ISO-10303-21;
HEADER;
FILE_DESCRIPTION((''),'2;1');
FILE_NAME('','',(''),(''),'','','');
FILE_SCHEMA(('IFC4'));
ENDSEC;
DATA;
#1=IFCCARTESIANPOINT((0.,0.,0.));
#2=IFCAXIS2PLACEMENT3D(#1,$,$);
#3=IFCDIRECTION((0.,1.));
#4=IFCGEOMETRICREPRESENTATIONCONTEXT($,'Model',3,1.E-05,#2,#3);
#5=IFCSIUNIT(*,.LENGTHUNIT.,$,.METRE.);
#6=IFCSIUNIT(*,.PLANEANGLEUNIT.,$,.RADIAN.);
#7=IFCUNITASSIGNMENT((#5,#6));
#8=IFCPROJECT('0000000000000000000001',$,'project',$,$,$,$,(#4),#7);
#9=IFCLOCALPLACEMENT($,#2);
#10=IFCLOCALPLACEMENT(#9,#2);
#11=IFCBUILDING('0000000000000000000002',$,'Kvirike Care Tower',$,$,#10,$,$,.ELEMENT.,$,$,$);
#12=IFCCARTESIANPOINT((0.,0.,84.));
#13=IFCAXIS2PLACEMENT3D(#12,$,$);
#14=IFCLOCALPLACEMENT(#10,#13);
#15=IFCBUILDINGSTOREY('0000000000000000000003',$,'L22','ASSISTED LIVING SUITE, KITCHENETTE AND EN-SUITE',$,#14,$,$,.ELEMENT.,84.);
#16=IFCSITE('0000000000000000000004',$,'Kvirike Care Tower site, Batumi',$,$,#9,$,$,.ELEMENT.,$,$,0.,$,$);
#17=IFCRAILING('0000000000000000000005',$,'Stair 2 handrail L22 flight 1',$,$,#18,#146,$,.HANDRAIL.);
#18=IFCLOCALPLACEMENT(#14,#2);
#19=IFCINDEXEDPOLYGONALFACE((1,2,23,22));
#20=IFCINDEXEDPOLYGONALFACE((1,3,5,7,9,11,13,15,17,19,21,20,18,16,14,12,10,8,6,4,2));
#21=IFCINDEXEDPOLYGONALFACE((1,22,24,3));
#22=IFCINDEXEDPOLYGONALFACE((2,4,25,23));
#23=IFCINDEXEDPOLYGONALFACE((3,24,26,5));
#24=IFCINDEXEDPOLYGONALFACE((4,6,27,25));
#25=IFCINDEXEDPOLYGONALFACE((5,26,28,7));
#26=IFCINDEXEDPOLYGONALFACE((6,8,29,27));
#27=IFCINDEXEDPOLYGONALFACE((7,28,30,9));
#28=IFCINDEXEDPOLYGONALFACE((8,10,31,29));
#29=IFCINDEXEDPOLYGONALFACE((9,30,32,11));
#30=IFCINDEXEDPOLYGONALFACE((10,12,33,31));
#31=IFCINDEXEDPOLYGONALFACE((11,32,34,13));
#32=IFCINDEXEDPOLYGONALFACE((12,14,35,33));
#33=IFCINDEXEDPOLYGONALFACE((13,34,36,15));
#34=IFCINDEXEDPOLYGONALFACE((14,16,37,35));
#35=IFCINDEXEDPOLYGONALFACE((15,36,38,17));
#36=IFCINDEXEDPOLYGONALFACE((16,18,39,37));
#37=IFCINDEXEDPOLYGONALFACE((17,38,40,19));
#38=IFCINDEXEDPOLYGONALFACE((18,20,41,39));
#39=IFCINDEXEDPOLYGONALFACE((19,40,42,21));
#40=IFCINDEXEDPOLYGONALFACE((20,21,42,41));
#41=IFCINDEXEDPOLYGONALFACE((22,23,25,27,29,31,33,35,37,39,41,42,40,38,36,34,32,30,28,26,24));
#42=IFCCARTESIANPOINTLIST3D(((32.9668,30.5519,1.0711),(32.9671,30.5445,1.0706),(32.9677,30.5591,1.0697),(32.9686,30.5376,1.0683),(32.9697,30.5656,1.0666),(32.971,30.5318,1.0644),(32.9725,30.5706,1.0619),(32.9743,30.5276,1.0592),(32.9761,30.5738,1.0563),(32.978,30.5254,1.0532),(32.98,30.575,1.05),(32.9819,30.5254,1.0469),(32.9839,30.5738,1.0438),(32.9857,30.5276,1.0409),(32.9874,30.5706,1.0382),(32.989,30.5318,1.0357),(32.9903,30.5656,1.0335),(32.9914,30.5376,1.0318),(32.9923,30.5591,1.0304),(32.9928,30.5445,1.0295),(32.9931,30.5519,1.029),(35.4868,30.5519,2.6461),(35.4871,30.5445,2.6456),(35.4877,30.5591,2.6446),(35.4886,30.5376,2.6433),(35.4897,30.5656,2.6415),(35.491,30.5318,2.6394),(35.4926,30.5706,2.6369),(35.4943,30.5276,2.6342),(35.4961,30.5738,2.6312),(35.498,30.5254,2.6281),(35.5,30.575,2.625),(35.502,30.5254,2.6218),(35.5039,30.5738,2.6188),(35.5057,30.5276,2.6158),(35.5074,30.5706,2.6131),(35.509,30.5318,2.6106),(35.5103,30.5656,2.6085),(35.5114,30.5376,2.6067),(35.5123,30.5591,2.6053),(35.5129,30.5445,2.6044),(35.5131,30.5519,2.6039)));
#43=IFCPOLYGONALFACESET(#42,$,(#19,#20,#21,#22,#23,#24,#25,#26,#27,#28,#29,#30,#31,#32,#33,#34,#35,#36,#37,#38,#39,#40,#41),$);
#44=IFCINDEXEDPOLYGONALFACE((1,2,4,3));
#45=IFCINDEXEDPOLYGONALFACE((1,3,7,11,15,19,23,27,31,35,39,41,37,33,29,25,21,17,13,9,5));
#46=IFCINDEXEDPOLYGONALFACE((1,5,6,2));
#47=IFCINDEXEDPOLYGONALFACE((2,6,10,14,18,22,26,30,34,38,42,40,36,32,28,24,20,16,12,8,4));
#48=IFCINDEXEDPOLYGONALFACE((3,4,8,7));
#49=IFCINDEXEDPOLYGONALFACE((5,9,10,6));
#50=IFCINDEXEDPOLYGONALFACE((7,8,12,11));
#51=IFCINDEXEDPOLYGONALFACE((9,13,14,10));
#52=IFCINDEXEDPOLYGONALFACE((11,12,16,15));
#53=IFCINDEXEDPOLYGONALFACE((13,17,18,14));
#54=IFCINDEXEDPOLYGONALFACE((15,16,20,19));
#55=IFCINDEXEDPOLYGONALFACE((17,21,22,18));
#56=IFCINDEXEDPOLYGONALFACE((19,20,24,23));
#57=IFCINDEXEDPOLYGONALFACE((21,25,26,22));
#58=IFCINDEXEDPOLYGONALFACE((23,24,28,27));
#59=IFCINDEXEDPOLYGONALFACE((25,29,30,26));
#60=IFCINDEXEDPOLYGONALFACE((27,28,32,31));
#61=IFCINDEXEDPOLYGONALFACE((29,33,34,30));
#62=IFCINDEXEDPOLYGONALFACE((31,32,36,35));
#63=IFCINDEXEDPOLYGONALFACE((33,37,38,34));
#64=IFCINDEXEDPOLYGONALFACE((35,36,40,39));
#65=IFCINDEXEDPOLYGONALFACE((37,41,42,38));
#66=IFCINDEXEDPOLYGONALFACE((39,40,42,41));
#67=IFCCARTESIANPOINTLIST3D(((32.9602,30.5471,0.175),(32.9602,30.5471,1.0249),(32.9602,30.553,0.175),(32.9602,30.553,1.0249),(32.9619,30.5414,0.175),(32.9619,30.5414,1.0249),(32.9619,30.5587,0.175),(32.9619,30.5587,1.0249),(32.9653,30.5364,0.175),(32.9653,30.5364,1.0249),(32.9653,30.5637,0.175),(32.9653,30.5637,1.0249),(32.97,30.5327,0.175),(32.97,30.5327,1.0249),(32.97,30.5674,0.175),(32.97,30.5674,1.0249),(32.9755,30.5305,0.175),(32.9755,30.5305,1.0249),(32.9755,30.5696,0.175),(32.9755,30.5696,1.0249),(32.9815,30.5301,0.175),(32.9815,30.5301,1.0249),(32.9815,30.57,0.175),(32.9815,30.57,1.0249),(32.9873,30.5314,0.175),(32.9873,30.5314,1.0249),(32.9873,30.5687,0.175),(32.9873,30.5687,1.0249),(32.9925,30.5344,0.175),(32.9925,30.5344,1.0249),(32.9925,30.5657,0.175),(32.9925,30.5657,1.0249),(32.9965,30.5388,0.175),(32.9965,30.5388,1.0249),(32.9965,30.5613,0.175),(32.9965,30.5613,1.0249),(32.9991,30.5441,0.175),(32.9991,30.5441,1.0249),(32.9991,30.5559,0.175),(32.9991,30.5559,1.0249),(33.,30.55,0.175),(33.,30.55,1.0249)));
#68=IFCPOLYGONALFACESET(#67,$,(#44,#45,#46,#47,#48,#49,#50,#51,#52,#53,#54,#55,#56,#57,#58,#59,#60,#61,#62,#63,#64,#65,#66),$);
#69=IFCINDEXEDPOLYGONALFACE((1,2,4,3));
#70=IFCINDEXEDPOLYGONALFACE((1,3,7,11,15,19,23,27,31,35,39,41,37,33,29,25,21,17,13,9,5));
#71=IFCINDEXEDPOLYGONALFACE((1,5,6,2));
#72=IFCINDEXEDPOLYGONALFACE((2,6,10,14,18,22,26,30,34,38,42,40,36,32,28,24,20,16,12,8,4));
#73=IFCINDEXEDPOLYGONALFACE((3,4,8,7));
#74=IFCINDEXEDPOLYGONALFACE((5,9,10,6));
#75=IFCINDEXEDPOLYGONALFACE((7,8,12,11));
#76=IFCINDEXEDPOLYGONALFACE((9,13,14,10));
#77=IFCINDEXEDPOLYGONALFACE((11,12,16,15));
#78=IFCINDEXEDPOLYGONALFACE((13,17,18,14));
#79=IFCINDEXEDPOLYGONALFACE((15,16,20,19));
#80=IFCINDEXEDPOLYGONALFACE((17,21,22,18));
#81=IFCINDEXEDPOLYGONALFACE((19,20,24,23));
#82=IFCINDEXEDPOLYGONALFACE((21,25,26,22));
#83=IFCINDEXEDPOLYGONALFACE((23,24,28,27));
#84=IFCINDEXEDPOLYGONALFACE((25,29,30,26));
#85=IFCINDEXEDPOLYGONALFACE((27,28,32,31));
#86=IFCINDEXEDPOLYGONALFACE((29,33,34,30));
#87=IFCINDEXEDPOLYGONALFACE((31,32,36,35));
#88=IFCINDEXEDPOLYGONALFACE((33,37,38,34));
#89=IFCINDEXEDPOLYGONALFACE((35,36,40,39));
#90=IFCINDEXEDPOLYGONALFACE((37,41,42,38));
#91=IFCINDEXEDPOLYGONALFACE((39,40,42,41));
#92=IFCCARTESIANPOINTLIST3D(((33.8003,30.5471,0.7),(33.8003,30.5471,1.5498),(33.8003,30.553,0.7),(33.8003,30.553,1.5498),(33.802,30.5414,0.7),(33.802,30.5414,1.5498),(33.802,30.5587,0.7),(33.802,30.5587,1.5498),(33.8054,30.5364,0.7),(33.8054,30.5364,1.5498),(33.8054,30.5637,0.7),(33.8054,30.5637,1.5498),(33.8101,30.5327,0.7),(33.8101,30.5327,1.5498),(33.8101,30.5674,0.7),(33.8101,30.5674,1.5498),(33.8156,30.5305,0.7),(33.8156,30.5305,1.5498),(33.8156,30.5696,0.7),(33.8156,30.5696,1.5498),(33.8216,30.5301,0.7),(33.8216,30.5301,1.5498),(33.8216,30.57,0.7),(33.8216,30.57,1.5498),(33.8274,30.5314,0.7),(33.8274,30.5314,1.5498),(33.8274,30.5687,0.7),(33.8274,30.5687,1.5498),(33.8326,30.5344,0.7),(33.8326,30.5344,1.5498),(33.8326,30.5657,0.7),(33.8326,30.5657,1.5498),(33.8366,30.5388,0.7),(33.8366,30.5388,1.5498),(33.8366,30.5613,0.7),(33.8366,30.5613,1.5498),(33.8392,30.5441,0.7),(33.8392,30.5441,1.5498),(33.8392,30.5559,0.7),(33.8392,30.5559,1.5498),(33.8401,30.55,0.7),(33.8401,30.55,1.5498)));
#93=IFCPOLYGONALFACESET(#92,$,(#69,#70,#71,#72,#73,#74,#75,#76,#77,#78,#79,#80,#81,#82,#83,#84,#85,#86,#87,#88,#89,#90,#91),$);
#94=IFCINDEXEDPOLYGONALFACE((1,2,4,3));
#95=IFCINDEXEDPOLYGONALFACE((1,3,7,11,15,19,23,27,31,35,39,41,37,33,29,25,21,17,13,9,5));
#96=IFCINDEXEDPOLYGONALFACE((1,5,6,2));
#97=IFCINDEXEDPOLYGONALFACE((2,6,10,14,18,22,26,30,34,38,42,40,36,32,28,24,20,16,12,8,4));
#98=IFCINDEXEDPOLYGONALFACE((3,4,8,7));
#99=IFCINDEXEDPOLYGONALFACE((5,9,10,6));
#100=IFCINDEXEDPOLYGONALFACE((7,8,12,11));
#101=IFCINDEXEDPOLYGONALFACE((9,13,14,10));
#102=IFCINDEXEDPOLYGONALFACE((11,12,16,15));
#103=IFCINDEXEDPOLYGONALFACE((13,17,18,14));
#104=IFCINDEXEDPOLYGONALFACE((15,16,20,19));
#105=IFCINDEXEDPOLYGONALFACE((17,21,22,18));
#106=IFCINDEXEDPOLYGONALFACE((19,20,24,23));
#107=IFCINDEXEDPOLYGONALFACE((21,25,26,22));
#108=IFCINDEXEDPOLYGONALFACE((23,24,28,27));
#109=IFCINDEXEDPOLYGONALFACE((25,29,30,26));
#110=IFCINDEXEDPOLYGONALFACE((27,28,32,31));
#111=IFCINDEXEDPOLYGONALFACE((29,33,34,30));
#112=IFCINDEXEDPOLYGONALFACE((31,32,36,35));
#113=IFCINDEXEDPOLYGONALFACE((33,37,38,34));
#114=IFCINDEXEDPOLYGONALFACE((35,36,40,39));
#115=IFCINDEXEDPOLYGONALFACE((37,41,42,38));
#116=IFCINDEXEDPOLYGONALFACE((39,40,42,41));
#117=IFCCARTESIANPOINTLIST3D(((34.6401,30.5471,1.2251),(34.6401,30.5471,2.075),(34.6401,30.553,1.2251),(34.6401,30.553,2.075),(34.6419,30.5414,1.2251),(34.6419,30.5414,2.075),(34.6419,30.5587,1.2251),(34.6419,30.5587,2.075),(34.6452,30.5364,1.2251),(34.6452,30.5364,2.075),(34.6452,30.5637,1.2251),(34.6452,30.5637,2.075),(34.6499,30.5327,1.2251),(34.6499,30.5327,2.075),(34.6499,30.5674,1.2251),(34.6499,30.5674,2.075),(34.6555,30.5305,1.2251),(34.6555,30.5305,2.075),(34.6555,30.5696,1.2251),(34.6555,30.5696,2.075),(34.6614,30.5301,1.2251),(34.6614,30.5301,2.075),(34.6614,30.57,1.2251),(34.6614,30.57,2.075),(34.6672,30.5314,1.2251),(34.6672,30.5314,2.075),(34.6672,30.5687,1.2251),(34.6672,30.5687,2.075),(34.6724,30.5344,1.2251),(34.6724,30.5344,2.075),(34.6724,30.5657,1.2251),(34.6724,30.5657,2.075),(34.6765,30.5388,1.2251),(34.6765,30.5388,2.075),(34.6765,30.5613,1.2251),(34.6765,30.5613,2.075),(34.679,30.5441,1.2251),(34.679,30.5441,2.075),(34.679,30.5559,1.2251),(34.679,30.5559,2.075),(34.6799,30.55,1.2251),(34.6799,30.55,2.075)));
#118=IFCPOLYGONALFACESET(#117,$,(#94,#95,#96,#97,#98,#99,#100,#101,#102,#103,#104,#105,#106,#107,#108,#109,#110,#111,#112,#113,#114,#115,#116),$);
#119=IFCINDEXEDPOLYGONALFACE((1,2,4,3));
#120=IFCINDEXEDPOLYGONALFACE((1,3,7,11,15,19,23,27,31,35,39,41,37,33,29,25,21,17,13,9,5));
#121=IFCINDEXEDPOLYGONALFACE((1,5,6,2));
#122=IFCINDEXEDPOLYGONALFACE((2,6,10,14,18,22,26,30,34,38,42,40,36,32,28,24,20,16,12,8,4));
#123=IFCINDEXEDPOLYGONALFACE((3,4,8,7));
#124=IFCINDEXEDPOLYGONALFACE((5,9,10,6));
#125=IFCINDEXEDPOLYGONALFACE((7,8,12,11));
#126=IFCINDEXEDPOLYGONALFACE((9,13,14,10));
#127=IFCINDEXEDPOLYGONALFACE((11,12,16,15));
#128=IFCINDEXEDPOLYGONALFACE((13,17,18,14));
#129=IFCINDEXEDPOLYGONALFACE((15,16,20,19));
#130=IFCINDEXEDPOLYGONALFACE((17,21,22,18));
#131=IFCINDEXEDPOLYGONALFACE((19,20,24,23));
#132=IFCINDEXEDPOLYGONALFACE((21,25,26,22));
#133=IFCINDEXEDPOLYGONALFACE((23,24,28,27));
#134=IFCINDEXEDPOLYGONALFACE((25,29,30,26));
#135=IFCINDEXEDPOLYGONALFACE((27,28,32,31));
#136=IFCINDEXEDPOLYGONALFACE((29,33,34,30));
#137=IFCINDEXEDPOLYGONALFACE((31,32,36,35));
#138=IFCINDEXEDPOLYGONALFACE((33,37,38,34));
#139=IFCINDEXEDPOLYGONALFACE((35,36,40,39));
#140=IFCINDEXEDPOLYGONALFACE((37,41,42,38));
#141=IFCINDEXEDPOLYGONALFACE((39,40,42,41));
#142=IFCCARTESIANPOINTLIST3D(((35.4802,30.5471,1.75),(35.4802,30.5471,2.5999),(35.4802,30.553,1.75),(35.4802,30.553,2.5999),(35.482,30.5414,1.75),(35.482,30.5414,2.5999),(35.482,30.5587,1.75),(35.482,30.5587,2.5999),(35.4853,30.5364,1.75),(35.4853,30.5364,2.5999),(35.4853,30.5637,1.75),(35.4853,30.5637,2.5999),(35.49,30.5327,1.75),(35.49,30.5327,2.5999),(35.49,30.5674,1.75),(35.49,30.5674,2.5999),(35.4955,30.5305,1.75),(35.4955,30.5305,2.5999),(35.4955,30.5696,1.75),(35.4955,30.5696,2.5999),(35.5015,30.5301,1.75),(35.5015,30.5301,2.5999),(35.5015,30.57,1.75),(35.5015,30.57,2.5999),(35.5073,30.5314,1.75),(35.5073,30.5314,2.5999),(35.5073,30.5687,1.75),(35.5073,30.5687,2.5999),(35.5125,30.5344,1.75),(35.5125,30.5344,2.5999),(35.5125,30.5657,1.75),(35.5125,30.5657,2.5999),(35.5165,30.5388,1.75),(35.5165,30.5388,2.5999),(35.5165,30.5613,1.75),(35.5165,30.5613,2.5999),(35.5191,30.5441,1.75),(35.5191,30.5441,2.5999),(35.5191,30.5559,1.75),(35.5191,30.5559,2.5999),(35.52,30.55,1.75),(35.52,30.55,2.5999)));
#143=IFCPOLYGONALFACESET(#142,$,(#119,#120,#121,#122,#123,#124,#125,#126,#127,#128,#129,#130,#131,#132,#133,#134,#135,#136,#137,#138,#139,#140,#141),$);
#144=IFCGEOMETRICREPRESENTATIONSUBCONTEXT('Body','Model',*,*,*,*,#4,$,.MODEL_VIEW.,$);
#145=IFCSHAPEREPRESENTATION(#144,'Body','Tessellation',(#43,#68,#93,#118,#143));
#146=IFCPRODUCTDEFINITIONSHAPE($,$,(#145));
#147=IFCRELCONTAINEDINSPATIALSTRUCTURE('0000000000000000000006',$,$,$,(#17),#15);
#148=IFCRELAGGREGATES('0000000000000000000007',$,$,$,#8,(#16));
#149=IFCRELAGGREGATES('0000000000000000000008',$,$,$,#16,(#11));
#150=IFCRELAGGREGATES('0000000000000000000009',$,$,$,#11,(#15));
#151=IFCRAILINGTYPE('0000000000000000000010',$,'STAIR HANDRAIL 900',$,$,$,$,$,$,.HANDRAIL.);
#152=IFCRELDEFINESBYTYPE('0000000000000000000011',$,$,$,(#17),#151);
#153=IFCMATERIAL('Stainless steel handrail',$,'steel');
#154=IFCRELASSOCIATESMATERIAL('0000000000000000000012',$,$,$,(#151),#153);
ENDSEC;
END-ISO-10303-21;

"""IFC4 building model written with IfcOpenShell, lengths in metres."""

from ifc_helpers import new_model, si_unit, direction, frame, origin, origin_2d, place, context, subcontext, project, spatial, circle, extrude, material, type_object, element, save


model = new_model("IFC4")

# Units and contexts
model_context = context("Model", 3, precision=1e-05, world=origin(), true_north=direction((0.0, 1.0)))
body_context = subcontext(model_context, "Body", "Model", "MODEL_VIEW")
ifc_project = project(units=[si_unit("LENGTHUNIT", "METRE"), si_unit("PLANEANGLEUNIT", "RADIAN")], contexts=[model_context])

# Site, building, storey
site_placement = place(None, origin())
site = spatial("IfcSite", under=ifc_project, at=site_placement, Name="Kvirike Care Tower site, Batumi", CompositionType="ELEMENT", RefElevation=0.0)
building_placement = place(site_placement, origin())
building = spatial("IfcBuilding", under=site, at=building_placement, Name="Kvirike Care Tower", CompositionType="ELEMENT")
storey_placement = place(building_placement, frame((0.0, 0.0, 84.0)))
storey = spatial("IfcBuildingStorey", under=building, at=storey_placement, Name="L22", Description="ASSISTED LIVING SUITE, KITCHENETTE AND EN-SUITE", CompositionType="ELEMENT", Elevation=84.0)

# Railing
ifc_material_1 = material(Name="Stainless steel handrail", Category="steel")
railing_type = type_object("IfcRailingType", Name="STAIR HANDRAIL 900", PredefinedType="HANDRAIL", material=ifc_material_1)
railing_1_placement = place(storey_placement, frame((32.98, 30.55, 0.175)))
element("IfcRailing", 1, at=railing_1_placement, inside=storey, type_object=railing_type, Name="Stair 2 handrail L22 flight 1", PredefinedType="HANDRAIL", context=body_context, shape_type="SweptSolid", body=[
    extrude(circle(Radius=0.0249, at=origin_2d()), frame((0.0, 0.0, 0.875), z_axis=(0.848008, 0.0, 0.529984), x_axis=(0.0, 1.0, 0.0)), (0.0, 0.0, 1.0), 2.9717),
    extrude(circle(Radius=0.02, at=origin_2d()), origin(), (0.0, 0.0, 1.0), 0.8499),
    extrude(circle(Radius=0.02, at=origin_2d()), frame((0.8401, 0.0, 0.5249)), (0.0, 0.0, 1.0), 0.8499),
    extrude(circle(Radius=0.02, at=origin_2d()), frame((1.6799, 0.0, 1.05)), (0.0, 0.0, 1.0), 0.8499),
    extrude(circle(Radius=0.02, at=origin_2d()), frame((2.52, 0.0, 1.575)), (0.0, 0.0, 1.0), 0.8499),
])

save(model, "model.ifc")
